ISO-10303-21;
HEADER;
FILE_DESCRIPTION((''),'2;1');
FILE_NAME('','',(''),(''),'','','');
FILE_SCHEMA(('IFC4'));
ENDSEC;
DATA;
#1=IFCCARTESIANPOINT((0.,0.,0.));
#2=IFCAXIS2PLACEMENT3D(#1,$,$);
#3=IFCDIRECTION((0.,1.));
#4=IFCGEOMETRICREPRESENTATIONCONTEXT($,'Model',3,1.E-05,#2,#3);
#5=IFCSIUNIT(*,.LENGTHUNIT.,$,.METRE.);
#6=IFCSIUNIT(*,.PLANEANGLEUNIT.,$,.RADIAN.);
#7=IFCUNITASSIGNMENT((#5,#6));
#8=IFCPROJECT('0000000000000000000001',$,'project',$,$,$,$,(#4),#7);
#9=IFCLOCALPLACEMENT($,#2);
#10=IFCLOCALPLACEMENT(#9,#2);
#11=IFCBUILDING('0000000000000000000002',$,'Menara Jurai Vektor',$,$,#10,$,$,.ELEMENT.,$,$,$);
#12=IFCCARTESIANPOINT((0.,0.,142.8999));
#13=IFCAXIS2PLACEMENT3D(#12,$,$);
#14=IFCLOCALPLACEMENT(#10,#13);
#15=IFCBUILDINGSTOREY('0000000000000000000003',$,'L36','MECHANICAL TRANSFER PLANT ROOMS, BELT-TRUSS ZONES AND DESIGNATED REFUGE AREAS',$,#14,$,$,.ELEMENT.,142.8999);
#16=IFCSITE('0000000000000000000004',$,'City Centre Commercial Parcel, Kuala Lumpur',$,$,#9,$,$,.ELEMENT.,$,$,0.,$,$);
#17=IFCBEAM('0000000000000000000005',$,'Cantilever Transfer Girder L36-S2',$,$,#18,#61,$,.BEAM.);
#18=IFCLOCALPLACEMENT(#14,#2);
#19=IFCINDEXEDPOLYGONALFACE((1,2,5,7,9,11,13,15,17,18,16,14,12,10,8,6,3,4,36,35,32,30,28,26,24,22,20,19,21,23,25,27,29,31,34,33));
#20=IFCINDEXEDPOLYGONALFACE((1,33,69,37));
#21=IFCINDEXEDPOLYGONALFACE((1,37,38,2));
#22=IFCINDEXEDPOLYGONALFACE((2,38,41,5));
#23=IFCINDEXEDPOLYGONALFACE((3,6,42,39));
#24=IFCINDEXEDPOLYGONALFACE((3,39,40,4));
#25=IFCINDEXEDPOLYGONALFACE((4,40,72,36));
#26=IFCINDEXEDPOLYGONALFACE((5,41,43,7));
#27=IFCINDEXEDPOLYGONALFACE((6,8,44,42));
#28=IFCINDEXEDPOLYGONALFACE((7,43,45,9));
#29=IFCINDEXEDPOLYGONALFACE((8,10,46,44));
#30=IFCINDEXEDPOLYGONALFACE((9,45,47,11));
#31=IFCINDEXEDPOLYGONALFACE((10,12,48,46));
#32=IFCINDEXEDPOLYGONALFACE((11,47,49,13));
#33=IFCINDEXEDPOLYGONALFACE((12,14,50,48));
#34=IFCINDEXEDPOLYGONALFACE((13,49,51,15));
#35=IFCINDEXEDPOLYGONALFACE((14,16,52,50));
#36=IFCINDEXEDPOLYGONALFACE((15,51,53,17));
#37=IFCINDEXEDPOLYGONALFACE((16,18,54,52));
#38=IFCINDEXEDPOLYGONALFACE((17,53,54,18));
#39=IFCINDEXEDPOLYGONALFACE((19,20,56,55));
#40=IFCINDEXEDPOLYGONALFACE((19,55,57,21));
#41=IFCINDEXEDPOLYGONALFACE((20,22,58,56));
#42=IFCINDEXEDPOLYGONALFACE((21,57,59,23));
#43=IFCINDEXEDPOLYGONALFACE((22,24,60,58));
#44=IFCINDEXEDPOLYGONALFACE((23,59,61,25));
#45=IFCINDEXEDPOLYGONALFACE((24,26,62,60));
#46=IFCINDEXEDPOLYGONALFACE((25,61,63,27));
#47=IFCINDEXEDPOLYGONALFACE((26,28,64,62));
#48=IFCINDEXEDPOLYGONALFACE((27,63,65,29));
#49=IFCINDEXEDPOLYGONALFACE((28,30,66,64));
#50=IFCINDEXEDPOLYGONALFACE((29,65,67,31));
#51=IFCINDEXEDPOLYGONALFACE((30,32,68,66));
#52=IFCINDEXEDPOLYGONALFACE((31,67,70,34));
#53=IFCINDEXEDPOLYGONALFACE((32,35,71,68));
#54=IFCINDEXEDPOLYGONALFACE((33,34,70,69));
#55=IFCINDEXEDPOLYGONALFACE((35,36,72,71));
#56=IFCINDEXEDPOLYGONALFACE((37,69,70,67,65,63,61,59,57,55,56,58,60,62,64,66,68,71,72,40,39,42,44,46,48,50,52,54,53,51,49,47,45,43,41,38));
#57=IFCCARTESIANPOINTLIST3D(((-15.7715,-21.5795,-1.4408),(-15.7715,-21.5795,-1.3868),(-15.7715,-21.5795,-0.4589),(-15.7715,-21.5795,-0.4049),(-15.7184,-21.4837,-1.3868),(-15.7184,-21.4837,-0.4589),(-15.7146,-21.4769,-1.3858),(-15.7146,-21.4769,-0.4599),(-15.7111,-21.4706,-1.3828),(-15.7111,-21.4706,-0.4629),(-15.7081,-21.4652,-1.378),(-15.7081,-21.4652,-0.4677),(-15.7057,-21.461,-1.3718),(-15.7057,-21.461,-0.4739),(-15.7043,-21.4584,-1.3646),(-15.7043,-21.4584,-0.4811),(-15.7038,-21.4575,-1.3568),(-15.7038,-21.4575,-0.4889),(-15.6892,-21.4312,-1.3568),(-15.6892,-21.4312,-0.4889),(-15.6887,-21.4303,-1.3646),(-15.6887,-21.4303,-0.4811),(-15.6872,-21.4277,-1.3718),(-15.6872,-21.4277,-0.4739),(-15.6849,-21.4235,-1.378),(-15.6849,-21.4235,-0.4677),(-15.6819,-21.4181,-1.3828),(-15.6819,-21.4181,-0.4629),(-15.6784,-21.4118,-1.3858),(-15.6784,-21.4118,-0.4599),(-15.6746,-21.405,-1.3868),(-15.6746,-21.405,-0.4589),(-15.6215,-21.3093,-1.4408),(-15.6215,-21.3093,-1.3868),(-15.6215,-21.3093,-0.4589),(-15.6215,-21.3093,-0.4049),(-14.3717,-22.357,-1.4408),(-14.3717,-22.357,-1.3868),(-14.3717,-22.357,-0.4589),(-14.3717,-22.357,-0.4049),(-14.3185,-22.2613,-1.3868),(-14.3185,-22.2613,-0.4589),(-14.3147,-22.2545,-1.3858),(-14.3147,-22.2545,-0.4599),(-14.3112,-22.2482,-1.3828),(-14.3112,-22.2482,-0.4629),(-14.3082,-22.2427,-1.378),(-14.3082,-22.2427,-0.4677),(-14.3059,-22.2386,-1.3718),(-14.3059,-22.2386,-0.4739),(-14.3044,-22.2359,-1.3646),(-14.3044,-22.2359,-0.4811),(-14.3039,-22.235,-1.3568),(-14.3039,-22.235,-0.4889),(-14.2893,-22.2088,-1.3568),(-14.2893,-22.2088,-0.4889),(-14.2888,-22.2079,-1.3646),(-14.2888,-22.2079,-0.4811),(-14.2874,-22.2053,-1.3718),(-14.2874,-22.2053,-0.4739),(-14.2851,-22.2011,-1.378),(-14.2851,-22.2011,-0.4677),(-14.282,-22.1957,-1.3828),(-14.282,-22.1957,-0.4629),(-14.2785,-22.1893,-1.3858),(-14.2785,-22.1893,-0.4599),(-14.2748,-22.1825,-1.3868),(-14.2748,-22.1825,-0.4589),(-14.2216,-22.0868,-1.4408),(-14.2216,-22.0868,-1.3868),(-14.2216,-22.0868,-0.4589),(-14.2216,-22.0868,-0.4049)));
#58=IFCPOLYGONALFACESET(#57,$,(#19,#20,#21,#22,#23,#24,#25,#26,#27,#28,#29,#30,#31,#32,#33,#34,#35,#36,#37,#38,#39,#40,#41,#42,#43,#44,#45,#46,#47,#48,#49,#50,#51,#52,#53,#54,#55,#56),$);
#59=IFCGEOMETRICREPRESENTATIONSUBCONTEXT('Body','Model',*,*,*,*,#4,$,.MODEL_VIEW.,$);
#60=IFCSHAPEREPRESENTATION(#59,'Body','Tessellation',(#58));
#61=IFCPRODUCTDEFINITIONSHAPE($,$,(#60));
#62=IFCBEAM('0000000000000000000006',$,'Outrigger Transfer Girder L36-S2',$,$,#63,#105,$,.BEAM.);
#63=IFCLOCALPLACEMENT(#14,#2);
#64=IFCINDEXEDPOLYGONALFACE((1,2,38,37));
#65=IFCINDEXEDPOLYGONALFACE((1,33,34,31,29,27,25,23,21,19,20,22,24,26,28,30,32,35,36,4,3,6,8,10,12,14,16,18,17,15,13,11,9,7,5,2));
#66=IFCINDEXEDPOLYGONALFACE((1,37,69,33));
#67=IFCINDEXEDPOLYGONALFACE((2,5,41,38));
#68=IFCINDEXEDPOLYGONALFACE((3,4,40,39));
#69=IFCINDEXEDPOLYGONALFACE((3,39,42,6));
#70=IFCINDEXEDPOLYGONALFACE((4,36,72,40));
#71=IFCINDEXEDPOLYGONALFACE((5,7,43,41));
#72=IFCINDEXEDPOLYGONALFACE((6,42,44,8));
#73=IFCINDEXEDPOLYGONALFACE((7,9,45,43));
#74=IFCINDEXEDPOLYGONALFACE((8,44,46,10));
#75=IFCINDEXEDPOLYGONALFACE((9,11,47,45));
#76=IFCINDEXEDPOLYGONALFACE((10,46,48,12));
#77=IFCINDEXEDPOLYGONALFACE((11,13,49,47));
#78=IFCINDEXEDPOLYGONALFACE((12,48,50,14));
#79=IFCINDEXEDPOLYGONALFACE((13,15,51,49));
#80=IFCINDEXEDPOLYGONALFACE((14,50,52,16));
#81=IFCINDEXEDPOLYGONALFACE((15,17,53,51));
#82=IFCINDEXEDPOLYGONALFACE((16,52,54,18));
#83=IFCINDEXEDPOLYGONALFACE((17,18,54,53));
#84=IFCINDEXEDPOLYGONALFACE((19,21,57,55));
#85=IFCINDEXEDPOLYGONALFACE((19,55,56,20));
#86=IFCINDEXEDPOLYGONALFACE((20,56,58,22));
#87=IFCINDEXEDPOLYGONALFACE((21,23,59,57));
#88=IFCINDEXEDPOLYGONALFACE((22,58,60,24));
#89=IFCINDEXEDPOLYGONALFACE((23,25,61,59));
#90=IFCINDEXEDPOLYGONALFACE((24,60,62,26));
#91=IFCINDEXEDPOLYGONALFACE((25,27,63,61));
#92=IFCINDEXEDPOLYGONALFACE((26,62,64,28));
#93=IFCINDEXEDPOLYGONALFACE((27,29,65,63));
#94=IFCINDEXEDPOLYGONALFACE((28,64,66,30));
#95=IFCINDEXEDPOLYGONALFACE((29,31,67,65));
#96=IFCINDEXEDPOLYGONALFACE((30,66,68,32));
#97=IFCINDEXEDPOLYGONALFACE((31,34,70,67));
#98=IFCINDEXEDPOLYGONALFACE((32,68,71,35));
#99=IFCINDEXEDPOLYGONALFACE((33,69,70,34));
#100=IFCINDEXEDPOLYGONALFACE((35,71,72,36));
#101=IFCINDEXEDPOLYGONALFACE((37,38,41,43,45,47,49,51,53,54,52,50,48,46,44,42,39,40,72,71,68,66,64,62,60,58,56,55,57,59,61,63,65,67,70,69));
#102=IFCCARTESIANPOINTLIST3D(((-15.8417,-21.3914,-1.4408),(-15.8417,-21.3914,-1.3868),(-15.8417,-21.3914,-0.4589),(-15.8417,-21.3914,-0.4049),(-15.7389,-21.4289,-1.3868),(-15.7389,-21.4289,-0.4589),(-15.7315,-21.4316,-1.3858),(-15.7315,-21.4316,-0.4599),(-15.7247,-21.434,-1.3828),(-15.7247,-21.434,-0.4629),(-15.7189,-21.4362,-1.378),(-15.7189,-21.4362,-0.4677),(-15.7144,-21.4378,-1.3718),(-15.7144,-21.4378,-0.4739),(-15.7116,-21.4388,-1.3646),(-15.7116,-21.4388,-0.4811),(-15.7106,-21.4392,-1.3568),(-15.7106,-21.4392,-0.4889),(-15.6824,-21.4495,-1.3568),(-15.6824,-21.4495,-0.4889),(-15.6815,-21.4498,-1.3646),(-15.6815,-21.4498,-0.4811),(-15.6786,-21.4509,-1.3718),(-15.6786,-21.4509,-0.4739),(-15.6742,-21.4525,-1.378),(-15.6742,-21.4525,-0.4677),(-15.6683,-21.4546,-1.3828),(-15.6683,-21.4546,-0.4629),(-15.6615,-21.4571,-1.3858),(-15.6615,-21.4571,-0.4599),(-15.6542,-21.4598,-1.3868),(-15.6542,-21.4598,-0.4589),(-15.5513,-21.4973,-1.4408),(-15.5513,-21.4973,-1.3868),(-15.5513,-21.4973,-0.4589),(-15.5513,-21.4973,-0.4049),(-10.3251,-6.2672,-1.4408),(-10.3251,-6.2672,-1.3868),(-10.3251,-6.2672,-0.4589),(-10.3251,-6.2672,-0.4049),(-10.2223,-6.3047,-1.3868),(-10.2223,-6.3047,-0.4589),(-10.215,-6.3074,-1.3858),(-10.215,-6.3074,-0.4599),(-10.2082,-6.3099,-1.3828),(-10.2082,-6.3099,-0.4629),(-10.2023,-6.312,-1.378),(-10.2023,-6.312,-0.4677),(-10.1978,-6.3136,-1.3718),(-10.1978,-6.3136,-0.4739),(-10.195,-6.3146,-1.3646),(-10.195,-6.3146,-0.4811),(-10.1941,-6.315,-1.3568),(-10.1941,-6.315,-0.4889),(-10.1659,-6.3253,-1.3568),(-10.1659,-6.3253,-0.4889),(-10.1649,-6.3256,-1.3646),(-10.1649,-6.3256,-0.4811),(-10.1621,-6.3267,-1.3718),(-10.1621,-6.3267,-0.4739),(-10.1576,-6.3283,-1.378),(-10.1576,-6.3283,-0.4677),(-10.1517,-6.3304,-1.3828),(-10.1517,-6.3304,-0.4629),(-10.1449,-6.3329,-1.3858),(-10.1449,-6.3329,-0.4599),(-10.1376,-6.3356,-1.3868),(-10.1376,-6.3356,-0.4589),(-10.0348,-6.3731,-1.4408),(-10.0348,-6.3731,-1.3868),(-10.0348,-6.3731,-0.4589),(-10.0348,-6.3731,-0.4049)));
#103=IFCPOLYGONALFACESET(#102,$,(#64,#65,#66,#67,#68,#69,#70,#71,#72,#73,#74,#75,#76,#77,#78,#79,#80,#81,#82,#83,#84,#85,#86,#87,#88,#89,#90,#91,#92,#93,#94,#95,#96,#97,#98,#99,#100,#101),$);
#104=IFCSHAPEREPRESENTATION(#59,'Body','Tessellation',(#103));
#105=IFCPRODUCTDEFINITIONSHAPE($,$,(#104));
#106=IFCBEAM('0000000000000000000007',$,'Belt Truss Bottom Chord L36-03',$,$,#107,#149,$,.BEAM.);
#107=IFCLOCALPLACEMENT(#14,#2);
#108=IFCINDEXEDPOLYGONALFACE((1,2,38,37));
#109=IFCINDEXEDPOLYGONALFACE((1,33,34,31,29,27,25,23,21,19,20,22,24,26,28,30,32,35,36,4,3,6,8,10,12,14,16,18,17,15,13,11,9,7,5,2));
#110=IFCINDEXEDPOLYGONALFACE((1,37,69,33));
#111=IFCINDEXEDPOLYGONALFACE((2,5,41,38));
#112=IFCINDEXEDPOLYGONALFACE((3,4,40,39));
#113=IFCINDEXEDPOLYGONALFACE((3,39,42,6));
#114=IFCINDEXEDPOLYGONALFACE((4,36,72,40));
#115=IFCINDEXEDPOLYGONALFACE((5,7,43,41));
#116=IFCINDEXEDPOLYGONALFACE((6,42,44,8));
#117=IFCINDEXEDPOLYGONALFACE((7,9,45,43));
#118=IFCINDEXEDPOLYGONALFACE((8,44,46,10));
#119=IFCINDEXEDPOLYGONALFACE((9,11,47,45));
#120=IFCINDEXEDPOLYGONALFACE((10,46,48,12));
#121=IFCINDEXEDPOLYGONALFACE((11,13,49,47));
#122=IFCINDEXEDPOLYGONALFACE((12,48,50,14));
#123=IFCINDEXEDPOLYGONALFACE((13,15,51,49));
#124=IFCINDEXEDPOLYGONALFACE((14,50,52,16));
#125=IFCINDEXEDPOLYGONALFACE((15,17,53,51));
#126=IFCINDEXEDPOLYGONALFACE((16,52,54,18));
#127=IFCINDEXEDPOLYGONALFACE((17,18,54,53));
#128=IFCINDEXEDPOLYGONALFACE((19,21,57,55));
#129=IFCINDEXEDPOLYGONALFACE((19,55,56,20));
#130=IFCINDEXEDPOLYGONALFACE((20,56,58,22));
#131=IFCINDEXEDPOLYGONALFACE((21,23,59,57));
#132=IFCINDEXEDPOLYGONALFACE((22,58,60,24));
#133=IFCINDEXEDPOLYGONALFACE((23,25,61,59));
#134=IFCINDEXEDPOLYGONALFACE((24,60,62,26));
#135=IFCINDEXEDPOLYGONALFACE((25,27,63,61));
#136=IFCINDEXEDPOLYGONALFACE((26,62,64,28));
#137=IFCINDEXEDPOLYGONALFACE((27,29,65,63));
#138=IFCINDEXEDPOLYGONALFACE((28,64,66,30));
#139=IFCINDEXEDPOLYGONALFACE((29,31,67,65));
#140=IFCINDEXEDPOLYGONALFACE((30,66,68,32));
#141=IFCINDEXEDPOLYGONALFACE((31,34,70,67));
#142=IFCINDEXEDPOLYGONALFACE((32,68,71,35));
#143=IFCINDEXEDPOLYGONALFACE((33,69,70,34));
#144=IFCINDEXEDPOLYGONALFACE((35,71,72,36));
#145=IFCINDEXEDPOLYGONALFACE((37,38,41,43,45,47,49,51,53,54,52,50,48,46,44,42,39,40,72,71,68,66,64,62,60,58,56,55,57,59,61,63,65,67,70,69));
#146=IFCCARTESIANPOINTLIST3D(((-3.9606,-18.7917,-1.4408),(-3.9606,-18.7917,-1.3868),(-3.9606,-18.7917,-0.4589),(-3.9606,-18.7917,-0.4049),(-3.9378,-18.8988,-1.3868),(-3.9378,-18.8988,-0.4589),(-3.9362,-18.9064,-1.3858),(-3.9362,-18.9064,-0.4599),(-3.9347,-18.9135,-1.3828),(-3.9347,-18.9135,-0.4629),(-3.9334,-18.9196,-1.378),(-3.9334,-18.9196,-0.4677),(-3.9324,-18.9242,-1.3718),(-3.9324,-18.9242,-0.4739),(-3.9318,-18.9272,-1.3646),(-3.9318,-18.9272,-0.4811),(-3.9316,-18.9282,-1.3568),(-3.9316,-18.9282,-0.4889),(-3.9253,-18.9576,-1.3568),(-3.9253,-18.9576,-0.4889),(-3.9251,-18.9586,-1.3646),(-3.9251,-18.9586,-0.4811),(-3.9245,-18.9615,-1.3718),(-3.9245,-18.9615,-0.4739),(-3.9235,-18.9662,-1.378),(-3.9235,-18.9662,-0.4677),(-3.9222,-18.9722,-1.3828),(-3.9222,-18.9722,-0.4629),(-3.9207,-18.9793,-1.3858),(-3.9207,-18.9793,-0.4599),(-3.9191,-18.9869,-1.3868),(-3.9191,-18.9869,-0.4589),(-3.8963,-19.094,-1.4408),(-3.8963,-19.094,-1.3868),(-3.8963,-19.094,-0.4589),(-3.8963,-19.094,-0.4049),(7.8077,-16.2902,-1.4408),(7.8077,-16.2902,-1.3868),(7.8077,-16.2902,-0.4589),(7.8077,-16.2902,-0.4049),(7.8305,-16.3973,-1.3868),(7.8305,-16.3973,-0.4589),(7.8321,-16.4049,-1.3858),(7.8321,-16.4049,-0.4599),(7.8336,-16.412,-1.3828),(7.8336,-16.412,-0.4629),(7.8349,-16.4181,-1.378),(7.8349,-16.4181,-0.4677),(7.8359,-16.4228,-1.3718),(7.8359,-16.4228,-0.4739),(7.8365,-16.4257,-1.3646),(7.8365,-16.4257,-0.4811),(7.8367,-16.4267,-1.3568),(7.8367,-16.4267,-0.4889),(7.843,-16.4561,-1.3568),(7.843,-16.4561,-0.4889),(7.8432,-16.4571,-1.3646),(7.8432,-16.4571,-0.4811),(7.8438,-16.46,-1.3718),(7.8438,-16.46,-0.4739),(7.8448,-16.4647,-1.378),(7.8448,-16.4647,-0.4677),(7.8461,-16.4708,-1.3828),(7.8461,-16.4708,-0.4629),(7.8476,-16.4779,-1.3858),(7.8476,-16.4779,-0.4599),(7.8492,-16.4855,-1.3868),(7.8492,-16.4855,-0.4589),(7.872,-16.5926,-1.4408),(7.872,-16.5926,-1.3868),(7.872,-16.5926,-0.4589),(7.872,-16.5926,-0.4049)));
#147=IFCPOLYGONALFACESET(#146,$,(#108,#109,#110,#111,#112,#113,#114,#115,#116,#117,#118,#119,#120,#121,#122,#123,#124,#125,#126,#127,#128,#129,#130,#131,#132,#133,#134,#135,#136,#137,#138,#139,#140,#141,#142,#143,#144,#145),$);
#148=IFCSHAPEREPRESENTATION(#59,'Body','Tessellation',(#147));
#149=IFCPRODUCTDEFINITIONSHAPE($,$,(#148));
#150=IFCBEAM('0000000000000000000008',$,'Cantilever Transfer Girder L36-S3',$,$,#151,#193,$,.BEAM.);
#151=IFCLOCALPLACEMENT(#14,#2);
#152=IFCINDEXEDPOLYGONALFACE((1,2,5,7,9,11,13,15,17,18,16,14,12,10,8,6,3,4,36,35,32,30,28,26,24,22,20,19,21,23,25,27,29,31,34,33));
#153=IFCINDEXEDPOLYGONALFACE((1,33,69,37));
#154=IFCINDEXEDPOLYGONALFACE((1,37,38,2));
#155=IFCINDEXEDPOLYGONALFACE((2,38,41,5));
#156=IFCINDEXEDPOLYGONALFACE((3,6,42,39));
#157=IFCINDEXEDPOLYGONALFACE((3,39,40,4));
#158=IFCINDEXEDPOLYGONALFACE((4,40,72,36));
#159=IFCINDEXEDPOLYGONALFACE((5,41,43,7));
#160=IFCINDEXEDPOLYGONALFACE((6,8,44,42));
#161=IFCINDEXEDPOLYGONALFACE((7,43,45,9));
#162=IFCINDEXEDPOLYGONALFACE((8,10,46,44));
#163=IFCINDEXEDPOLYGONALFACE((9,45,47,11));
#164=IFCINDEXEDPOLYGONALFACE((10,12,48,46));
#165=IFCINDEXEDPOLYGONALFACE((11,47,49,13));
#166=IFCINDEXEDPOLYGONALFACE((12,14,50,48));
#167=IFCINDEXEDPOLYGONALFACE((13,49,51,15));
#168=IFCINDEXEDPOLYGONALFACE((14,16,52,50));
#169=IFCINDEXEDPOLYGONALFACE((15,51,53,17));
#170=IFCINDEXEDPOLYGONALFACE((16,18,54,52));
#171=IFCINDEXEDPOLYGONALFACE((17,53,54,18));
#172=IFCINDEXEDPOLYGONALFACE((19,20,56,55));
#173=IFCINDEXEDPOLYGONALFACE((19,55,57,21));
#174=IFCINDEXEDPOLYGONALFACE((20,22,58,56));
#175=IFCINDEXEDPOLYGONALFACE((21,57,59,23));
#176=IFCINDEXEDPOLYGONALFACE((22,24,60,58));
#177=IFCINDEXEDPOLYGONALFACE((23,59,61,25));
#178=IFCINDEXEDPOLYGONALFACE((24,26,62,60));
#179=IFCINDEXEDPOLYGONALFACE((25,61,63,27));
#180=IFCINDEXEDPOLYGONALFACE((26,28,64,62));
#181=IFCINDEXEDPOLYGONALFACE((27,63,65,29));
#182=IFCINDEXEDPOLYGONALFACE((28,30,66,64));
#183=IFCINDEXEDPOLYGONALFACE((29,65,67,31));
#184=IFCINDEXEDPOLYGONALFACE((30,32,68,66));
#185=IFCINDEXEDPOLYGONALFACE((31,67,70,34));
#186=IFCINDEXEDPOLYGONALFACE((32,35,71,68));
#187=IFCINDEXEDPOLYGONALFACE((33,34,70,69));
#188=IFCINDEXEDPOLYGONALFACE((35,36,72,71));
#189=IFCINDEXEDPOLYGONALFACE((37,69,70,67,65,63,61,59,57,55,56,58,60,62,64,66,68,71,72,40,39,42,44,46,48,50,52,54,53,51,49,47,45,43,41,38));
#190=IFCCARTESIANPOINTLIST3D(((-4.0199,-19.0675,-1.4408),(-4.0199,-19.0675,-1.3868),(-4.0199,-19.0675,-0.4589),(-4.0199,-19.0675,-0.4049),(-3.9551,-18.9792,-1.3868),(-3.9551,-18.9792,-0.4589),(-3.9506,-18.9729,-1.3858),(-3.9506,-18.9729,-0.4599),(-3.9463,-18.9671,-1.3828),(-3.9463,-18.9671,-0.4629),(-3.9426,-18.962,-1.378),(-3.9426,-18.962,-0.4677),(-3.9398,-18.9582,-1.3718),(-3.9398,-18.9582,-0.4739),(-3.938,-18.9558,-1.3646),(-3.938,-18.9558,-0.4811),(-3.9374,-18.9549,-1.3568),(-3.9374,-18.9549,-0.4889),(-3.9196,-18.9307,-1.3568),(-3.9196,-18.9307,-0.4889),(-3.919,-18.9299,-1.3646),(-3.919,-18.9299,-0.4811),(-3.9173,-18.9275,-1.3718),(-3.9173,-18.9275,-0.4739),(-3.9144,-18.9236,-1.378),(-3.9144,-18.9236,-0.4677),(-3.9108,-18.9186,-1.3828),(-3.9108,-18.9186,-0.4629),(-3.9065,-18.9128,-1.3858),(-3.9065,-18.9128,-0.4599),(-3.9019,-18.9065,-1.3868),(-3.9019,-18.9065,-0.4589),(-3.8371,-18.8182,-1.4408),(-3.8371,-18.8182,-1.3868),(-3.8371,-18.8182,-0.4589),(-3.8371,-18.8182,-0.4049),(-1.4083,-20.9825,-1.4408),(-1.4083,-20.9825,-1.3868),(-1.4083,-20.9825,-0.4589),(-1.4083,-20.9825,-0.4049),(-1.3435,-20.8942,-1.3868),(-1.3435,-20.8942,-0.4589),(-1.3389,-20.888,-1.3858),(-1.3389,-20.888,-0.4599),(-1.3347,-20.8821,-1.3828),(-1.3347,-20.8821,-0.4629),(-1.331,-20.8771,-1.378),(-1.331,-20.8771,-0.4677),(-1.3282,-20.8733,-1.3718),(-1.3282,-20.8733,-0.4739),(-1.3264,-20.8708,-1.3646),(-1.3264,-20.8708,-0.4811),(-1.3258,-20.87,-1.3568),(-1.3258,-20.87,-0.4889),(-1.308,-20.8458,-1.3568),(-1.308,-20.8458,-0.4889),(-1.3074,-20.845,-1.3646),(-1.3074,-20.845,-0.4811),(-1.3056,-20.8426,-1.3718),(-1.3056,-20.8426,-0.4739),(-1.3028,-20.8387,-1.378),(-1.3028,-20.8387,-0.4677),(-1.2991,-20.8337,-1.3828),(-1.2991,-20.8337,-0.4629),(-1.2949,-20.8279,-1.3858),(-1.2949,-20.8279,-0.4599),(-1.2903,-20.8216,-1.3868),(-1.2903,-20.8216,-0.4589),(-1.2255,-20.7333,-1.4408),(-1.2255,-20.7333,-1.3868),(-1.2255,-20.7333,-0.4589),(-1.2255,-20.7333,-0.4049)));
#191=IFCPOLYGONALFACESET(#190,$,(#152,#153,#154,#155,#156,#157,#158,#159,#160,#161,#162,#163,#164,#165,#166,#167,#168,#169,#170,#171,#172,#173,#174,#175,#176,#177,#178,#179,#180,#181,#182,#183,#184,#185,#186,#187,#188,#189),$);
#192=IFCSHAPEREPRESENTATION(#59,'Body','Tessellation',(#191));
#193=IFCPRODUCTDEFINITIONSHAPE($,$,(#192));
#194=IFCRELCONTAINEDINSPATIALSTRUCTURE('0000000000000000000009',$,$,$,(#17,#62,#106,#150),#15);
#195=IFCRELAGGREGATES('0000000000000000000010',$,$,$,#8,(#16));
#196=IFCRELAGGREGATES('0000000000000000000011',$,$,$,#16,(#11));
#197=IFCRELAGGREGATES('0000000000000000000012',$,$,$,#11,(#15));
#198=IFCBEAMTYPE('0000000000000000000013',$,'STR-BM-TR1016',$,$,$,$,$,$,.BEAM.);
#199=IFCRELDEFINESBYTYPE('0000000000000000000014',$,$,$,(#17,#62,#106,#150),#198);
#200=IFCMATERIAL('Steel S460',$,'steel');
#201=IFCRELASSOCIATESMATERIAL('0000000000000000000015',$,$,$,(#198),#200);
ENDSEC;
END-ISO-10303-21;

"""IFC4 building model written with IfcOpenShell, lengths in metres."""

from ifc_helpers import new_model, si_unit, direction, frame, origin, origin_2d, place, context, subcontext, project, spatial, i_section, extrude, material, material_profile, profile_set, type_object, element, save


model = new_model("IFC4")

# Units and contexts
model_context = context("Model", 3, precision=1e-05, world=origin(), true_north=direction((0.0, 1.0)))
body_context = subcontext(model_context, "Body", "Model", "MODEL_VIEW")
ifc_project = project(units=[si_unit("LENGTHUNIT", "METRE"), si_unit("PLANEANGLEUNIT", "RADIAN")], contexts=[model_context])

# Site, building, storey
site_placement = place(None, origin())
site = spatial("IfcSite", under=ifc_project, at=site_placement, Name="City Centre Commercial Parcel, Kuala Lumpur", CompositionType="ELEMENT", RefElevation=0.0)
building_placement = place(site_placement, origin())
building = spatial("IfcBuilding", under=site, at=building_placement, Name="Menara Jurai Vektor", CompositionType="ELEMENT")
storey_placement = place(building_placement, frame((0.0, 0.0, 142.8999)))
storey = spatial("IfcBuildingStorey", under=building, at=storey_placement, Name="L36", Description="MECHANICAL TRANSFER PLANT ROOMS, BELT-TRUSS ZONES AND DESIGNATED REFUGE AREAS", CompositionType="ELEMENT", Elevation=142.8999)

# Shared definitions
ifc_material_1 = material(Name="Steel S460", Category="steel")

# Beams
ifc_material_profile_1 = material_profile(ifc_material_1, i_section(OverallWidth=0.3091, OverallDepth=1.0359, WebThickness=0.03, FlangeThickness=0.054, FilletRadius=0.03, at=origin_2d()), Name="UKB 1016x305x487")
ifc_profile_set_1 = profile_set([ifc_material_profile_1], Name="Steel S460")
beam_type_1 = type_object("IfcBeamType", Name="STR-BM-TR1016", PredefinedType="BEAM", material=ifc_profile_set_1)
beam_1_placement = place(storey_placement, frame((-14.2966, -22.2219, -0.9229), z_axis=(-0.874193, 0.485578, 0.0), x_axis=(-0.485578, -0.874193, 0.0)))
element("IfcBeam", 1, at=beam_1_placement, inside=storey, type_object=beam_type_1, Name="Cantilever Transfer Girder L36-S2", PredefinedType="BEAM", context=body_context, shape_type="SweptSolid", body=[
    extrude(i_section(OverallWidth=0.3091, OverallDepth=1.0359, WebThickness=0.03, FlangeThickness=0.054, FilletRadius=0.03, at=origin_2d()), origin(), (0.0, 0.0, 1.0), 1.6013),
])
beam_2_placement = place(storey_placement, frame((-15.6965, -21.4443, -0.9229), z_axis=(0.342668, 0.939456, 0.0), x_axis=(-0.939456, 0.342668, 0.0)))
element("IfcBeam", 2, at=beam_2_placement, inside=storey, type_object=beam_type_1, Name="Outrigger Transfer Girder L36-S2", PredefinedType="BEAM", context=body_context, shape_type="SweptSolid", body=[
    extrude(i_section(OverallWidth=0.3091, OverallDepth=1.0359, WebThickness=0.03, FlangeThickness=0.054, FilletRadius=0.03, at=origin_2d()), origin(), (0.0, 0.0, 1.0), 16.0989),
])
beam_3_placement = place(storey_placement, frame((-3.9285, -18.9429, -0.9229), z_axis=(0.978147, 0.207914, 0.0), x_axis=(-0.207914, 0.978147, 0.0)))
element("IfcBeam", 3, at=beam_3_placement, inside=storey, type_object=beam_type_1, Name="Belt Truss Bottom Chord L36-03", PredefinedType="BEAM", context=body_context, shape_type="SweptSolid", body=[
    extrude(i_section(OverallWidth=0.3091, OverallDepth=1.0359, WebThickness=0.03, FlangeThickness=0.054, FilletRadius=0.03, at=origin_2d()), origin(), (0.0, 0.0, 1.0), 12.0312),
])
beam_4_placement = place(storey_placement, frame((-1.3169, -20.8579, -0.9229), z_axis=(-0.806422, 0.591341, 0.0), x_axis=(-0.591341, -0.806422, 0.0)))
element("IfcBeam", 4, at=beam_4_placement, inside=storey, type_object=beam_type_1, Name="Cantilever Transfer Girder L36-S3", PredefinedType="BEAM", context=body_context, shape_type="SweptSolid", body=[
    extrude(i_section(OverallWidth=0.3091, OverallDepth=1.0359, WebThickness=0.03, FlangeThickness=0.054, FilletRadius=0.03, at=origin_2d()), origin(), (0.0, 0.0, 1.0), 3.2385),
])

save(model, "model.ifc")
